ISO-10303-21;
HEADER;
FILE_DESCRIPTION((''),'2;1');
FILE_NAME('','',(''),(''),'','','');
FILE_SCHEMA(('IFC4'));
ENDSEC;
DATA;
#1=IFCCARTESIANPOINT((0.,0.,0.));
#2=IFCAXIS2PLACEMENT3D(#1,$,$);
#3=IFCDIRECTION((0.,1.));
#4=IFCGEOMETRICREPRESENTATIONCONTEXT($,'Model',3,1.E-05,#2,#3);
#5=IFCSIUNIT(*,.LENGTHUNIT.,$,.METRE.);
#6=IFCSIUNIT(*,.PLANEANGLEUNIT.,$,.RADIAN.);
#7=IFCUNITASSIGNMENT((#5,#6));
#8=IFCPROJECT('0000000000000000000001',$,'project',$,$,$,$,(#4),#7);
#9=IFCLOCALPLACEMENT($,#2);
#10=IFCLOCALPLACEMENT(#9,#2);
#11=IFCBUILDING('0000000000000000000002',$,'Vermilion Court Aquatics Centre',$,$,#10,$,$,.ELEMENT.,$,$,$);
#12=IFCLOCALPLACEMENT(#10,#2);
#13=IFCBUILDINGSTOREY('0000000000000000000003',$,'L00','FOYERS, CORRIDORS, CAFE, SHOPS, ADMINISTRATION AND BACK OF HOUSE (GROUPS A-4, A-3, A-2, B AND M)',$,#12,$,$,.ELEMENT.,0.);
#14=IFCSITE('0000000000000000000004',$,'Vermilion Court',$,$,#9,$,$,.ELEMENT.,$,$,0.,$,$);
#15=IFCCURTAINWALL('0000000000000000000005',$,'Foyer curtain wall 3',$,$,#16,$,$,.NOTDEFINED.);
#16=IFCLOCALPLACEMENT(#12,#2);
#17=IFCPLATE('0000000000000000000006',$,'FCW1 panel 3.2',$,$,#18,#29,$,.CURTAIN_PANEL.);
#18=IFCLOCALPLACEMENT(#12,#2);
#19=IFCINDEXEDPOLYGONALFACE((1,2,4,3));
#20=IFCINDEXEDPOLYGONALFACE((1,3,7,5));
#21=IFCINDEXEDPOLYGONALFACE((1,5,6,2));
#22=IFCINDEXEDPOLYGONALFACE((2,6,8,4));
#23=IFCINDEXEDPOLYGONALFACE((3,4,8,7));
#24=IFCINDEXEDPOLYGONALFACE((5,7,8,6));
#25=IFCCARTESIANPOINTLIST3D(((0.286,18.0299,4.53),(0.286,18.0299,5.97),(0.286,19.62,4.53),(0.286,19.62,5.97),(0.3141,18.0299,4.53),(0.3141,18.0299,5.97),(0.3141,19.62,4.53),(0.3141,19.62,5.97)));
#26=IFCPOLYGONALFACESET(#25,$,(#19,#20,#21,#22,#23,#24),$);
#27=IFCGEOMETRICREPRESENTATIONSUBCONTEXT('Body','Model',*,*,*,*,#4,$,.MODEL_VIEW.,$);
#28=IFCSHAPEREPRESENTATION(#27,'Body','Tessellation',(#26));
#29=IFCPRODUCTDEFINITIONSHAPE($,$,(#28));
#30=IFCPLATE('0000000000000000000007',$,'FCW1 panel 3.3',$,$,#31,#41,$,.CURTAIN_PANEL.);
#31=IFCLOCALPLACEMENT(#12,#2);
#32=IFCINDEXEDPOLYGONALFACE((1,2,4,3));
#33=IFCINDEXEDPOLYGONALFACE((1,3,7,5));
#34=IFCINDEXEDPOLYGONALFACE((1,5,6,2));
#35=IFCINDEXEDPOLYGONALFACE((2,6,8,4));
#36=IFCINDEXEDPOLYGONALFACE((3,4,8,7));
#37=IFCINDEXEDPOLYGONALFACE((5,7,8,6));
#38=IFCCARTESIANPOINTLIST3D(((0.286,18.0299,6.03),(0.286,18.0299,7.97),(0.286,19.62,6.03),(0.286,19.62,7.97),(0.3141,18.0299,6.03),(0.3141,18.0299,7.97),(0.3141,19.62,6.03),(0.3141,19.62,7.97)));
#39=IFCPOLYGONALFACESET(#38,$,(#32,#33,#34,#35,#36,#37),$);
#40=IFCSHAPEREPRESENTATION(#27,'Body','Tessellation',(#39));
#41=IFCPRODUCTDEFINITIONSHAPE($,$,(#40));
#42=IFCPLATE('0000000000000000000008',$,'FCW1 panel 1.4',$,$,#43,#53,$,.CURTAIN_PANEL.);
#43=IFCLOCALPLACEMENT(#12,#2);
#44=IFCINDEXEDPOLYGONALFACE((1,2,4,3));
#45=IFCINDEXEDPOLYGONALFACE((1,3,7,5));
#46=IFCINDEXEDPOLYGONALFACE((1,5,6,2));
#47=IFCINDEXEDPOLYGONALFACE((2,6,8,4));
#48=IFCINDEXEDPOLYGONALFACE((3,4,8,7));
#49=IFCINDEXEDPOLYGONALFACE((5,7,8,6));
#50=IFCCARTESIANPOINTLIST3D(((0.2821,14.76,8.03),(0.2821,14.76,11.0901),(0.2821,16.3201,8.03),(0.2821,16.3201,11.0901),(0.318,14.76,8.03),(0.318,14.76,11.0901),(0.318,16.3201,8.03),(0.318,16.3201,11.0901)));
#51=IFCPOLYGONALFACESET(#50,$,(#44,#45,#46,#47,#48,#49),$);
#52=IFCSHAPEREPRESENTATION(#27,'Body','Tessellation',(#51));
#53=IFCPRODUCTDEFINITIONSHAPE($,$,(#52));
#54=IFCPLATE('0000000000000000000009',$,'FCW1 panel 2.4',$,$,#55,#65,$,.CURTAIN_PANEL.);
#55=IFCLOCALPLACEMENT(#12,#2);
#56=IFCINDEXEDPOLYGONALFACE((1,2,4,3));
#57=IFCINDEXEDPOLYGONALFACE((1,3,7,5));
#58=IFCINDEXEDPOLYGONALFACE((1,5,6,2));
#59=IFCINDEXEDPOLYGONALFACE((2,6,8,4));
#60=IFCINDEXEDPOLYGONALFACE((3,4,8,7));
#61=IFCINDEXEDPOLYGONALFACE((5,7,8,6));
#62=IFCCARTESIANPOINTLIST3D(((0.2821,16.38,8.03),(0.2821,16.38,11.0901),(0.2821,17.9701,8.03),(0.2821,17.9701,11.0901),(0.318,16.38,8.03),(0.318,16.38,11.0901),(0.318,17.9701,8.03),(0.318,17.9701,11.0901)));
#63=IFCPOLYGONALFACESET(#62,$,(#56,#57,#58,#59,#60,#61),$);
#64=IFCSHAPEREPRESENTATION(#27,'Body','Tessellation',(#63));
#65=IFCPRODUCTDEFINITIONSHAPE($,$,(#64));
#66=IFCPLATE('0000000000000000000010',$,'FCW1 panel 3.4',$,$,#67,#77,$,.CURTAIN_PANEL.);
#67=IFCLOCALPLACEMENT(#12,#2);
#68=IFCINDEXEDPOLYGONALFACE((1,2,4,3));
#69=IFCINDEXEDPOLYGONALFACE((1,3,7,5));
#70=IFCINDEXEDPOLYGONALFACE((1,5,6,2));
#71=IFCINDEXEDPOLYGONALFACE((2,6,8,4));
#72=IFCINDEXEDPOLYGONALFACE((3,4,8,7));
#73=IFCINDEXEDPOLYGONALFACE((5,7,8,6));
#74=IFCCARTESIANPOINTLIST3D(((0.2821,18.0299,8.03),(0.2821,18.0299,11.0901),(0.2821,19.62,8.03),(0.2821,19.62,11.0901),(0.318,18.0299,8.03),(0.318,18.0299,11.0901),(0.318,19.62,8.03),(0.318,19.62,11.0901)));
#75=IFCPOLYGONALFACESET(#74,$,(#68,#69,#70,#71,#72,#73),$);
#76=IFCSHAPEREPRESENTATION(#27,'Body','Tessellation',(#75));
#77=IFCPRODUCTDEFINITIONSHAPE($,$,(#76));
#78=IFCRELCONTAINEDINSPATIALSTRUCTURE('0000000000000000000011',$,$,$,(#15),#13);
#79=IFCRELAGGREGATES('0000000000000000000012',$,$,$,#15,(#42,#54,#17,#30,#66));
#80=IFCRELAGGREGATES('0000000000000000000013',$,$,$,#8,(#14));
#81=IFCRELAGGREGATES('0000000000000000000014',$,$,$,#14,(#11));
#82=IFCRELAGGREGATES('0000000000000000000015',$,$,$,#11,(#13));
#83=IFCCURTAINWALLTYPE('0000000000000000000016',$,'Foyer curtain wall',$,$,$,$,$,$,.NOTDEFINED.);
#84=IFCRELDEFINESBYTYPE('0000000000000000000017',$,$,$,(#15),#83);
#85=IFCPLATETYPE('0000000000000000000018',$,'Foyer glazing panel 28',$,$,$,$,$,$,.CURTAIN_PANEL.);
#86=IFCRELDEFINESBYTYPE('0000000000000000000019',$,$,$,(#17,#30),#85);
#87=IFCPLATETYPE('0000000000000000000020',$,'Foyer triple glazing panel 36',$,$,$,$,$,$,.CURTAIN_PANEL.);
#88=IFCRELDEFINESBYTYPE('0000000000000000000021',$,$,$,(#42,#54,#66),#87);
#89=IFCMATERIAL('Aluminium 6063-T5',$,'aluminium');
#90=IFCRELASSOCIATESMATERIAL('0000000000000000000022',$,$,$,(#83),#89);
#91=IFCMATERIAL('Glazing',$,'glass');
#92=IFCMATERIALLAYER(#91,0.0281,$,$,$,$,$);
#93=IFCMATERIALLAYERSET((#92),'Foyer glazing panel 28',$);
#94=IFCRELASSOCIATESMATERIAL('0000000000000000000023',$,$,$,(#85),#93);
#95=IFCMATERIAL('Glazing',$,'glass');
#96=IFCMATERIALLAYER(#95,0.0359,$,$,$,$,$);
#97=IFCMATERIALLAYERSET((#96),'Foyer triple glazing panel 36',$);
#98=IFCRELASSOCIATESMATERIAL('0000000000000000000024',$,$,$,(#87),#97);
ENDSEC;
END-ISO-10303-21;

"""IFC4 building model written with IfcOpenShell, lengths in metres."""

from ifc_helpers import new_model, si_unit, direction, frame, origin, origin_2d, place, context, subcontext, project, spatial, rectangle, extrude, material, layer, layer_set, type_object, element, aggregate, save


model = new_model("IFC4")

# Units and contexts
model_context = context("Model", 3, precision=1e-05, world=origin(), true_north=direction((0.0, 1.0)))
body_context = subcontext(model_context, "Body", "Model", "MODEL_VIEW")
ifc_project = project(units=[si_unit("LENGTHUNIT", "METRE"), si_unit("PLANEANGLEUNIT", "RADIAN")], contexts=[model_context])

# Site, building, storey
site_placement = place(None, origin())
site = spatial("IfcSite", under=ifc_project, at=site_placement, Name="Vermilion Court", CompositionType="ELEMENT", RefElevation=0.0)
building_placement = place(site_placement, origin())
building = spatial("IfcBuilding", under=site, at=building_placement, Name="Vermilion Court Aquatics Centre", CompositionType="ELEMENT")
storey_placement = place(building_placement, origin())
storey = spatial("IfcBuildingStorey", under=building, at=storey_placement, Name="L00", Description="FOYERS, CORRIDORS, CAFE, SHOPS, ADMINISTRATION AND BACK OF HOUSE (GROUPS A-4, A-3, A-2, B AND M)", CompositionType="ELEMENT", Elevation=0.0)

# Curtain wall, plates
ifc_material_1 = material(Name="Aluminium 6063-T5", Category="aluminium")
curtain_wall_type = type_object("IfcCurtainWallType", Name="Foyer curtain wall", PredefinedType="NOTDEFINED", material=ifc_material_1)
curtain_wall_placement = place(storey_placement, origin())
curtain_wall = element("IfcCurtainWall", 1, at=curtain_wall_placement, inside=storey, type_object=curtain_wall_type, Name="Foyer curtain wall 3", PredefinedType="NOTDEFINED")
ifc_material_2 = material(Name="Glazing", Category="glass")
ifc_layer_1 = layer(ifc_material_2, 0.0281)
ifc_layer_set_1 = layer_set([ifc_layer_1], Name="Foyer glazing panel 28")
plate_type_1 = type_object("IfcPlateType", Name="Foyer glazing panel 28", PredefinedType="CURTAIN_PANEL", material=ifc_layer_set_1)
plate_1_placement = place(storey_placement, frame((0.3, 18.825, 4.53), z_axis=(0.0, 0.0, 1.0), x_axis=(0.0, 1.0, 0.0)))
plate_1 = element("IfcPlate", 2, at=plate_1_placement, type_object=plate_type_1, Name="FCW1 panel 3.2", PredefinedType="CURTAIN_PANEL", context=body_context, shape_type="SweptSolid", body=[
    extrude(rectangle(XDim=1.5901, YDim=0.0281, at=origin_2d()), origin(), (0.0, 0.0, 1.0), 1.4399),
])
plate_2_placement = place(storey_placement, frame((0.3, 18.825, 6.03), z_axis=(0.0, 0.0, 1.0), x_axis=(0.0, 1.0, 0.0)))
plate_2 = element("IfcPlate", 3, at=plate_2_placement, type_object=plate_type_1, Name="FCW1 panel 3.3", PredefinedType="CURTAIN_PANEL", context=body_context, shape_type="SweptSolid", body=[
    extrude(rectangle(XDim=1.5901, YDim=0.0281, at=origin_2d()), origin(), (0.0, 0.0, 1.0), 1.9399),
])
ifc_material_3 = material(Name="Glazing", Category="glass")
ifc_layer_2 = layer(ifc_material_3, 0.0359)
ifc_layer_set_2 = layer_set([ifc_layer_2], Name="Foyer triple glazing panel 36")
plate_type_2 = type_object("IfcPlateType", Name="Foyer triple glazing panel 36", PredefinedType="CURTAIN_PANEL", material=ifc_layer_set_2)
plate_3_placement = place(storey_placement, frame((0.3, 15.54, 8.03), z_axis=(0.0, 0.0, 1.0), x_axis=(0.0, 1.0, 0.0)))
plate_3 = element("IfcPlate", 4, at=plate_3_placement, type_object=plate_type_2, Name="FCW1 panel 1.4", PredefinedType="CURTAIN_PANEL", context=body_context, shape_type="SweptSolid", body=[
    extrude(rectangle(XDim=1.5601, YDim=0.0359, at=origin_2d()), origin(), (0.0, 0.0, 1.0), 3.0601),
])
plate_4_placement = place(storey_placement, frame((0.3, 17.175, 8.03), z_axis=(0.0, 0.0, 1.0), x_axis=(0.0, 1.0, 0.0)))
plate_4 = element("IfcPlate", 5, at=plate_4_placement, type_object=plate_type_2, Name="FCW1 panel 2.4", PredefinedType="CURTAIN_PANEL", context=body_context, shape_type="SweptSolid", body=[
    extrude(rectangle(XDim=1.5901, YDim=0.0359, at=origin_2d()), origin(), (0.0, 0.0, 1.0), 3.0601),
])
plate_5_placement = place(storey_placement, frame((0.3, 18.825, 8.03), z_axis=(0.0, 0.0, 1.0), x_axis=(0.0, 1.0, 0.0)))
plate_5 = element("IfcPlate", 6, at=plate_5_placement, type_object=plate_type_2, Name="FCW1 panel 3.4", PredefinedType="CURTAIN_PANEL", context=body_context, shape_type="SweptSolid", body=[
    extrude(rectangle(XDim=1.5901, YDim=0.0359, at=origin_2d()), origin(), (0.0, 0.0, 1.0), 3.0601),
])
aggregate(curtain_wall, [plate_3, plate_4, plate_1, plate_2, plate_5])

save(model, "model.ifc")
